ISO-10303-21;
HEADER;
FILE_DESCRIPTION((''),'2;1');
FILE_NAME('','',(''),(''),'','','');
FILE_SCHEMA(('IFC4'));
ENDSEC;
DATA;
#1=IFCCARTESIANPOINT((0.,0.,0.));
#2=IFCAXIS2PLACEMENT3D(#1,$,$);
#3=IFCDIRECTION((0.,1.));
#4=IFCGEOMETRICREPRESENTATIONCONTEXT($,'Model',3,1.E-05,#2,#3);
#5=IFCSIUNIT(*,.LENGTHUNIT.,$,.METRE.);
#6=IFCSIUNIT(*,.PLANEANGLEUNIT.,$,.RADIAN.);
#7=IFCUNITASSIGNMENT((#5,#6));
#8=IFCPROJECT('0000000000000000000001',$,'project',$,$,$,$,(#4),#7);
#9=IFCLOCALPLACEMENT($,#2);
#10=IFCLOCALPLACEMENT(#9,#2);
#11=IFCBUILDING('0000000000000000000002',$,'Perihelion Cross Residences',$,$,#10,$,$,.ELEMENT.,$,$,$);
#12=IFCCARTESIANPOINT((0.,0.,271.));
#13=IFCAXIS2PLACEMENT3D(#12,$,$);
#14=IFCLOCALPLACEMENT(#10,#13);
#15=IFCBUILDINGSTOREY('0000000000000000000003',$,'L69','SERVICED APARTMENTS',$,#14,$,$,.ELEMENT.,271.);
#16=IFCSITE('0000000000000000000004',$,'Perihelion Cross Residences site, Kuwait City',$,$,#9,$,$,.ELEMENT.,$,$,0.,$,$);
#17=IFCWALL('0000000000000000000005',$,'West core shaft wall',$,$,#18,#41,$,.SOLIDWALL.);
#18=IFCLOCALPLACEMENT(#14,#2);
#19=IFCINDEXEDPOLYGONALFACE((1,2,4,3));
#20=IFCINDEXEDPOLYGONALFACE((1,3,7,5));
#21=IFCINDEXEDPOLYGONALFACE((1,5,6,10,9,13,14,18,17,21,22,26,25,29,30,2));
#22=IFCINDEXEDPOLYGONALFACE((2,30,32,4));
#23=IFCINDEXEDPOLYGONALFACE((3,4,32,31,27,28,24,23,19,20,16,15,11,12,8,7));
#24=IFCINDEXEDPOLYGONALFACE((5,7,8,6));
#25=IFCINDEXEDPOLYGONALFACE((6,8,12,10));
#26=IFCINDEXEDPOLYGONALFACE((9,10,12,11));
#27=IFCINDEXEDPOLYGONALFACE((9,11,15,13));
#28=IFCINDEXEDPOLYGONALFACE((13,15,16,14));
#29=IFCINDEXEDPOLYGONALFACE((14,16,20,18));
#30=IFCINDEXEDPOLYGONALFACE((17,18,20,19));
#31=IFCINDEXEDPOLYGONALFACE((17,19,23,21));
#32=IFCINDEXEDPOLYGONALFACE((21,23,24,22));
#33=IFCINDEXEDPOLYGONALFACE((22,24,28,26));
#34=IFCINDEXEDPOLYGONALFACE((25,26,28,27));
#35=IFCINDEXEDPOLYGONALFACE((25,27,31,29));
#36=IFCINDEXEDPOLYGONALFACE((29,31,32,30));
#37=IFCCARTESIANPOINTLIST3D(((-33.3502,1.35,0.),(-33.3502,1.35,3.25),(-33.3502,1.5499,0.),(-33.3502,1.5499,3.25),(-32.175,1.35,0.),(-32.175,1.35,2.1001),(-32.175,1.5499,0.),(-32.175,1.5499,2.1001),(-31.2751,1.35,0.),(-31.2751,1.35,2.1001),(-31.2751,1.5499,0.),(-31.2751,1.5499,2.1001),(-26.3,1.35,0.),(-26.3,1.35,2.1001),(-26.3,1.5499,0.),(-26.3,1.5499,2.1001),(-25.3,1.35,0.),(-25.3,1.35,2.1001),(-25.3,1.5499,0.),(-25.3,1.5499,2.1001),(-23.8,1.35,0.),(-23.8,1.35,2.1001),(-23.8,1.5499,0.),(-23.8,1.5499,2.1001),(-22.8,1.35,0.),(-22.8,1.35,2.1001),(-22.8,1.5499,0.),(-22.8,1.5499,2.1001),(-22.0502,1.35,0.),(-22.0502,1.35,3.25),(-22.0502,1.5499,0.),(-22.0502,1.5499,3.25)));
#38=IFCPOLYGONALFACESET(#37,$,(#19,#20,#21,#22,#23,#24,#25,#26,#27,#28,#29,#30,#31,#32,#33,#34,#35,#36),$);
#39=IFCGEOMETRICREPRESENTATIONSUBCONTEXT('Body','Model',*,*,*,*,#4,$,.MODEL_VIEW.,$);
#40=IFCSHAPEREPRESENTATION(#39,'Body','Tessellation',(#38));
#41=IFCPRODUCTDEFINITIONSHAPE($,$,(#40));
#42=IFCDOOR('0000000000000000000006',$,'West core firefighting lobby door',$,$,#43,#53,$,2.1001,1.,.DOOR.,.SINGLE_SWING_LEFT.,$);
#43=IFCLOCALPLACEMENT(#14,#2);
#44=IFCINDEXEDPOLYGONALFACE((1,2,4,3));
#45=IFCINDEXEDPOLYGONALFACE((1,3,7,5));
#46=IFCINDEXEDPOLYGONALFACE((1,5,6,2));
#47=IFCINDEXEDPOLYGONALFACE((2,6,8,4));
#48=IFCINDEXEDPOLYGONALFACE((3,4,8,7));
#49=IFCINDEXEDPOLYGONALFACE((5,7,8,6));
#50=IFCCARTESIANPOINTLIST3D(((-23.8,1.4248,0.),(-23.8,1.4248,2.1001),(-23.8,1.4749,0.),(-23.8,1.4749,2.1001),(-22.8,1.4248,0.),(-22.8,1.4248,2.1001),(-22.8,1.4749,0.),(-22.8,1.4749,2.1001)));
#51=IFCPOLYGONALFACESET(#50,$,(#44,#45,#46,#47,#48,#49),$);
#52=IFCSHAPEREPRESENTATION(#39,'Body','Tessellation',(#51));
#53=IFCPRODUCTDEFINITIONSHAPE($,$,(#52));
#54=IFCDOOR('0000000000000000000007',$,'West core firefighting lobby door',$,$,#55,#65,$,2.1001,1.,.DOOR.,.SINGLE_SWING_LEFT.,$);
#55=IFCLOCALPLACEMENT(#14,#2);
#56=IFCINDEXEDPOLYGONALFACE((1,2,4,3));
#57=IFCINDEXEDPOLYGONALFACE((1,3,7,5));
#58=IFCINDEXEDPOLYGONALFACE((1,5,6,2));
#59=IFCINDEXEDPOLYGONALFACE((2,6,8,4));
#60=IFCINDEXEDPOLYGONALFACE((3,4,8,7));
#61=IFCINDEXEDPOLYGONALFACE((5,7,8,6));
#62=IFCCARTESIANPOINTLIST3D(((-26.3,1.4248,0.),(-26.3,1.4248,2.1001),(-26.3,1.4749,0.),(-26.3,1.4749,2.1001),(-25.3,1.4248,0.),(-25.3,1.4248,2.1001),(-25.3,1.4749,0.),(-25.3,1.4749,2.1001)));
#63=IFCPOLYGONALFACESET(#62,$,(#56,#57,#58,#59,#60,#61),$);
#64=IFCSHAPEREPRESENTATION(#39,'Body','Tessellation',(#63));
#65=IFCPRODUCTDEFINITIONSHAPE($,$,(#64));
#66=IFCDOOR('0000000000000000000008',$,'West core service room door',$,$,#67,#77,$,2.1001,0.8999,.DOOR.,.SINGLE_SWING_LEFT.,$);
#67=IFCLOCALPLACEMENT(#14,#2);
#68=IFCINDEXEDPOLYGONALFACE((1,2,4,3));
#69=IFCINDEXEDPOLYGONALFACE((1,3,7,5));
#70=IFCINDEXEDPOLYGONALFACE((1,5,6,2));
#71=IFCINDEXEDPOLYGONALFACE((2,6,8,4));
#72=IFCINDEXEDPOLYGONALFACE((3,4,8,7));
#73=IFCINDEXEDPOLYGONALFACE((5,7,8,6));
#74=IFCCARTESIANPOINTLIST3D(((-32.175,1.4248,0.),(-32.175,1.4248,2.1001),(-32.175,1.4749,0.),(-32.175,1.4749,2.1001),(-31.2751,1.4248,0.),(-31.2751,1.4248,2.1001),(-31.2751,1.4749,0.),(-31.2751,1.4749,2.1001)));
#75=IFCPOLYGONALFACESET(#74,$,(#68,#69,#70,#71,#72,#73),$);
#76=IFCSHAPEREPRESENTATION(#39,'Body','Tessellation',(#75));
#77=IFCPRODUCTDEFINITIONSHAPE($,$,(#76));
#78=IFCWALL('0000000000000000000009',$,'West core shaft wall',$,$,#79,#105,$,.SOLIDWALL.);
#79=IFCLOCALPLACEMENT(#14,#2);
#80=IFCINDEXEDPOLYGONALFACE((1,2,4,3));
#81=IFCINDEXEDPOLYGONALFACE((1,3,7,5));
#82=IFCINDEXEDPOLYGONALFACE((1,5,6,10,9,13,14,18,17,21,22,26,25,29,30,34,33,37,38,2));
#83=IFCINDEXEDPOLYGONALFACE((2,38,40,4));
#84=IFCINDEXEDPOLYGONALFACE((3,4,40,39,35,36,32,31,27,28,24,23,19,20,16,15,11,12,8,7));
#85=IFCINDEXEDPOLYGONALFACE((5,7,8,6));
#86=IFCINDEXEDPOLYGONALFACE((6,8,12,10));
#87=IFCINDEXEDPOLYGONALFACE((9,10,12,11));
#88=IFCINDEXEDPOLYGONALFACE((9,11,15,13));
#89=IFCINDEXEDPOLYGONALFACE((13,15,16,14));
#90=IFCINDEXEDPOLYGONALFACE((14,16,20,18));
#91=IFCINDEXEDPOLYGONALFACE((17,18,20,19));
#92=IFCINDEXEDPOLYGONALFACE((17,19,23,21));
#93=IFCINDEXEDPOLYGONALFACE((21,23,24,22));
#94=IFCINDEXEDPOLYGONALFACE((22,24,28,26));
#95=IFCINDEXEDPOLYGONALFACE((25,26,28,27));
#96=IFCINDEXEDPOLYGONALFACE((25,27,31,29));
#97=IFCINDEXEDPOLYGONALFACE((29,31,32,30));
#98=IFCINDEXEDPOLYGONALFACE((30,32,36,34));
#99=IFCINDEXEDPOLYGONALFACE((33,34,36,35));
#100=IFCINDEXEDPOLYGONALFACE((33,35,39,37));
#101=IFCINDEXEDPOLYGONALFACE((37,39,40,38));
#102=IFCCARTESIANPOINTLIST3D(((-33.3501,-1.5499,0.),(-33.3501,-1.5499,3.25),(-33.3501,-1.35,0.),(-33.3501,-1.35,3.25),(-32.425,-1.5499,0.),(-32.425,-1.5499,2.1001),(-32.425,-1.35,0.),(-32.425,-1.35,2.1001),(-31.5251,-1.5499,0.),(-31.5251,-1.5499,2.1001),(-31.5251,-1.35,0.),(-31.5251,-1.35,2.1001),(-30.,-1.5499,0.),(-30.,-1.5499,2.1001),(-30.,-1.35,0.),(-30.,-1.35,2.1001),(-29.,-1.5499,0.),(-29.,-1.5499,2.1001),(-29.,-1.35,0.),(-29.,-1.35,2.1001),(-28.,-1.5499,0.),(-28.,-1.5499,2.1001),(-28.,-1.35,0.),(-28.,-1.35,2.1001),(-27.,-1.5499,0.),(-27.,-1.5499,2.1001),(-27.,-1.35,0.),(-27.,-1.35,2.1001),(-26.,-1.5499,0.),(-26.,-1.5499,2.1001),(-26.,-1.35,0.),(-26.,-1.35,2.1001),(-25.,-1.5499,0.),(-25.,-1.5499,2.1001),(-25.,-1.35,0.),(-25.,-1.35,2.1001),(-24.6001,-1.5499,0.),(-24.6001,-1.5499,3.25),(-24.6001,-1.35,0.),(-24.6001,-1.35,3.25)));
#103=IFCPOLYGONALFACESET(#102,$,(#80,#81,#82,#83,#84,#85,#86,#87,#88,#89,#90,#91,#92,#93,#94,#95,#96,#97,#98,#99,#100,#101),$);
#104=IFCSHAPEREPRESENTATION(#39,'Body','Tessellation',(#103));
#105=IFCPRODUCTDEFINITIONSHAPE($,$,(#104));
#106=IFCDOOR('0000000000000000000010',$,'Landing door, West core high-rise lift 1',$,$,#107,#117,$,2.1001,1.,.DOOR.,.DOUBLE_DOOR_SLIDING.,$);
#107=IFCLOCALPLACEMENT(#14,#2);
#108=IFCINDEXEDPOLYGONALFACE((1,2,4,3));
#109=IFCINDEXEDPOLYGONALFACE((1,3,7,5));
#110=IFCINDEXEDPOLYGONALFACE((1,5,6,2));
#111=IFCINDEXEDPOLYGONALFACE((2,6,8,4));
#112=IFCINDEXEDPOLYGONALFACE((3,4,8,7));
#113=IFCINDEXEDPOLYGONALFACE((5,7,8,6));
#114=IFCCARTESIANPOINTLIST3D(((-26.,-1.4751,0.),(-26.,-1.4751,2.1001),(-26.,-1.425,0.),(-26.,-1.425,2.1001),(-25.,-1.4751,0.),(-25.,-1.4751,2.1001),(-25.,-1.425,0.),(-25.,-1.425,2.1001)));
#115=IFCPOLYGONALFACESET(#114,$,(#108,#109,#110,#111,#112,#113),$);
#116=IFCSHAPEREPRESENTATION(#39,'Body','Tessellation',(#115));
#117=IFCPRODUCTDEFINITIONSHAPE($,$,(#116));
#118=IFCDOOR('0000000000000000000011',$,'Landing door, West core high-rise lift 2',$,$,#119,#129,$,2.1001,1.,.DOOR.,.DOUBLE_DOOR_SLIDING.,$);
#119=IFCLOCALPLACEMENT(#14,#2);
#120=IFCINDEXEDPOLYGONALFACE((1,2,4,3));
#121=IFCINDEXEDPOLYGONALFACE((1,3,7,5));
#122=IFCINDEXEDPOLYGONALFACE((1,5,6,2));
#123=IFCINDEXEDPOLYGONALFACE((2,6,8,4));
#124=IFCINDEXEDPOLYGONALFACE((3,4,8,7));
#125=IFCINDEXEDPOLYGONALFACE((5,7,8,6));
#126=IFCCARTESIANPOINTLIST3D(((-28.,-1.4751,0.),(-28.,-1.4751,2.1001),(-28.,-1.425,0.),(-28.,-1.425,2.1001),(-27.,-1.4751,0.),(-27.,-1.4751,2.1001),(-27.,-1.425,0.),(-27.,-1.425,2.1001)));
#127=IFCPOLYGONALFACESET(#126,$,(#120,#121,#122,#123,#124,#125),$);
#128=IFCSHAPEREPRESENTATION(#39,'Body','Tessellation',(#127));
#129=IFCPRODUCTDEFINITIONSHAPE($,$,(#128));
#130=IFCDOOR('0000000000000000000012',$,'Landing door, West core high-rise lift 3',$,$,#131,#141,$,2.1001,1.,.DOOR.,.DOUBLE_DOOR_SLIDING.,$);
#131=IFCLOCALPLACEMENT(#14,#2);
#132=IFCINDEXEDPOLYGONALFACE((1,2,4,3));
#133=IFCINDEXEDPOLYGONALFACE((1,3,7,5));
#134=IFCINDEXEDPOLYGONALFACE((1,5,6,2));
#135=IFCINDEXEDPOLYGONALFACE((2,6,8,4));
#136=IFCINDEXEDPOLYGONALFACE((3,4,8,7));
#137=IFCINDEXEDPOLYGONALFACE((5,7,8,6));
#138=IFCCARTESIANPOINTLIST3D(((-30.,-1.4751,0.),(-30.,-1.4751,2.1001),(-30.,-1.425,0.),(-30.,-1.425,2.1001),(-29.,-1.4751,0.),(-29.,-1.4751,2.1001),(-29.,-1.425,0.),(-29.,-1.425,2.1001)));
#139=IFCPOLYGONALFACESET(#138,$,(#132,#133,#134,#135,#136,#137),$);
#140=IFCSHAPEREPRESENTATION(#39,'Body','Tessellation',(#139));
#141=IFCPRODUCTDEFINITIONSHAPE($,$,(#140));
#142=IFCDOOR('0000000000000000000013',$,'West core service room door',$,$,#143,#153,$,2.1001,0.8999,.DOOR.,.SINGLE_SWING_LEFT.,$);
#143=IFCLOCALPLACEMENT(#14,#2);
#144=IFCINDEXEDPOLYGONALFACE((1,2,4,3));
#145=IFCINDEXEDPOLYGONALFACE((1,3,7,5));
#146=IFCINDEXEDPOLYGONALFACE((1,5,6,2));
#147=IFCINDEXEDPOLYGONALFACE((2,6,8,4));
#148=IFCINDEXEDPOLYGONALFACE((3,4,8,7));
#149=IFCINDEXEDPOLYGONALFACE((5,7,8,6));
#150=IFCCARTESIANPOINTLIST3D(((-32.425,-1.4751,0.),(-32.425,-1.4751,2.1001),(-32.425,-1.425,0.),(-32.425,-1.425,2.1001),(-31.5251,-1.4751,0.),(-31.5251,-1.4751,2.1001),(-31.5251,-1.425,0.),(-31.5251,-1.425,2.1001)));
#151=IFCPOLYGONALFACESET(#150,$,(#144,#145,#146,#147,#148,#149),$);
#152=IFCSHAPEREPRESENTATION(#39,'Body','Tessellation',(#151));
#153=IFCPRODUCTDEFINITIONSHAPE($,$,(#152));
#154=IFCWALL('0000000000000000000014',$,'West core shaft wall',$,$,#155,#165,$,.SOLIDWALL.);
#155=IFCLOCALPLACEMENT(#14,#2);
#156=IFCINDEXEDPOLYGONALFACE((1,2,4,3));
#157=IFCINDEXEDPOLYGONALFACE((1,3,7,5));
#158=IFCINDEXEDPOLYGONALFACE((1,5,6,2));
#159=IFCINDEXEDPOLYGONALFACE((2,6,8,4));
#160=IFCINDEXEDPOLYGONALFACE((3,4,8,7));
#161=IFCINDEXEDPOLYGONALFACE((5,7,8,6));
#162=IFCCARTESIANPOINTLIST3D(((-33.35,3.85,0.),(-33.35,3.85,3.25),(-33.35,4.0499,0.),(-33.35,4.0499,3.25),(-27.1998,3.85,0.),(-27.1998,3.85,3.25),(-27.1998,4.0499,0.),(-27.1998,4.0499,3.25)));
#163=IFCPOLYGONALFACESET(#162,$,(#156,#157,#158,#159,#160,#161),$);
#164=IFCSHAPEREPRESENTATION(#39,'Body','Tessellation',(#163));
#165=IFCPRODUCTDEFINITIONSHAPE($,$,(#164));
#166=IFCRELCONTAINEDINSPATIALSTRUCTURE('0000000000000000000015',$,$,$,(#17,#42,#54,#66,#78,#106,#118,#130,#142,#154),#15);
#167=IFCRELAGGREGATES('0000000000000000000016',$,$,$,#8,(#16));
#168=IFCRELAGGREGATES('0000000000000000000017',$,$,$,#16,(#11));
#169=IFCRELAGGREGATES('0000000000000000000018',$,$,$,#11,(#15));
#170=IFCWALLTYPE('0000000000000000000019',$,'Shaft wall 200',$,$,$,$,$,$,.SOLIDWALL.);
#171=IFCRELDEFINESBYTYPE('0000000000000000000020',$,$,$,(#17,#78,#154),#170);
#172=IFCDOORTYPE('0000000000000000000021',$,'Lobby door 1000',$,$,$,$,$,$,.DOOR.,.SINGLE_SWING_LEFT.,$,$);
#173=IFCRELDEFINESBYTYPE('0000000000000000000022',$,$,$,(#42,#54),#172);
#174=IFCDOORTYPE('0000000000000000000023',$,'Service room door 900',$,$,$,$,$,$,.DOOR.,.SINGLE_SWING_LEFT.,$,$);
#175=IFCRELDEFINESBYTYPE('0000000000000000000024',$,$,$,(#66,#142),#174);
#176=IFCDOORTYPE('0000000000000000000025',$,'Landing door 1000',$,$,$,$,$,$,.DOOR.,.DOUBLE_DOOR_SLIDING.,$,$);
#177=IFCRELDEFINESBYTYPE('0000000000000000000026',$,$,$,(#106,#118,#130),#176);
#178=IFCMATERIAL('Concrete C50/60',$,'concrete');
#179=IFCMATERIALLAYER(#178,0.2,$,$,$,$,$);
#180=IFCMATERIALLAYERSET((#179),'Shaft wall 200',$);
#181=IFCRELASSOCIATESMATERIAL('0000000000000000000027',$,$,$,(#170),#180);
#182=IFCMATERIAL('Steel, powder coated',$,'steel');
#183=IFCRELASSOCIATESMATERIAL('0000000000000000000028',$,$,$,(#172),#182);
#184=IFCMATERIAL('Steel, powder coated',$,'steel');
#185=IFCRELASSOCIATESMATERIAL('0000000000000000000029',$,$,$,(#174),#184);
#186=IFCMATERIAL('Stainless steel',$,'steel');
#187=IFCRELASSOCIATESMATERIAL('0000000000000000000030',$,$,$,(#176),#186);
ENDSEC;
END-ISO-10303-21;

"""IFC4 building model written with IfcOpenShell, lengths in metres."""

from ifc_helpers import new_model, si_unit, direction, frame, frame_2d, origin, place, context, subcontext, project, spatial, rectangle, extrude, material, layer, layer_set, type_object, element, fill, save


model = new_model("IFC4")

# Units and contexts
model_context = context("Model", 3, precision=1e-05, world=origin(), true_north=direction((0.0, 1.0)))
body_context = subcontext(model_context, "Body", "Model", "MODEL_VIEW")
ifc_project = project(units=[si_unit("LENGTHUNIT", "METRE"), si_unit("PLANEANGLEUNIT", "RADIAN")], contexts=[model_context])

# Site, building, storey
site_placement = place(None, origin())
site = spatial("IfcSite", under=ifc_project, at=site_placement, Name="Perihelion Cross Residences site, Kuwait City", CompositionType="ELEMENT", RefElevation=0.0)
building_placement = place(site_placement, origin())
building = spatial("IfcBuilding", under=site, at=building_placement, Name="Perihelion Cross Residences", CompositionType="ELEMENT")
storey_placement = place(building_placement, frame((0.0, 0.0, 271.0)))
storey = spatial("IfcBuildingStorey", under=building, at=storey_placement, Name="L69", Description="SERVICED APARTMENTS", CompositionType="ELEMENT", Elevation=271.0)

# Walls, openings, doors
ifc_material_1 = material(Name="Concrete C50/60", Category="concrete")
ifc_layer_1 = layer(ifc_material_1, 0.2)
ifc_layer_set_1 = layer_set([ifc_layer_1], Name="Shaft wall 200")
wall_type_1 = type_object("IfcWallType", Name="Shaft wall 200", PredefinedType="SOLIDWALL", material=ifc_layer_set_1)
wall_1_placement = place(storey_placement, frame((-33.3501, 1.45, 0.0), z_axis=(0.0, 0.0, 1.0), x_axis=(1.0, 0.0, 0.0)))
wall_1 = element("IfcWall", 1, at=wall_1_placement, inside=storey, type_object=wall_type_1, Name="West core shaft wall", PredefinedType="SOLIDWALL", context=body_context, shape_type="SweptSolid", body=[
    extrude(rectangle(XDim=11.3, YDim=0.2, at=frame_2d((5.6499, 0.0))), origin(), (0.0, 0.0, 1.0), 3.25),
])
opening_1_placement = place(wall_1_placement, frame((9.55, 0.0, 0.0)))
opening_1 = element("IfcOpeningElement", 2, at=opening_1_placement, cuts=wall_1, PredefinedType="OPENING", context=body_context, shape_type="SweptSolid", body=[
    extrude(rectangle(XDim=1.0, YDim=2.1001, at=frame_2d((0.5, 1.05))), frame((0.0, 0.1099, 0.0), z_axis=(0.0, -1.0, 0.0), x_axis=(1.0, 0.0, 0.0)), (0.0, 0.0, 1.0), 0.22),
])
opening_2_placement = place(wall_1_placement, frame((7.05, 0.0, 0.0)))
opening_2 = element("IfcOpeningElement", 3, at=opening_2_placement, cuts=wall_1, PredefinedType="OPENING", context=body_context, shape_type="SweptSolid", body=[
    extrude(rectangle(XDim=1.0, YDim=2.1001, at=frame_2d((0.5, 1.05))), frame((0.0, 0.1099, 0.0), z_axis=(0.0, -1.0, 0.0), x_axis=(1.0, 0.0, 0.0)), (0.0, 0.0, 1.0), 0.22),
])
opening_3_placement = place(wall_1_placement, frame((1.175, 0.0, 0.0)))
opening_3 = element("IfcOpeningElement", 4, at=opening_3_placement, cuts=wall_1, PredefinedType="OPENING", context=body_context, shape_type="SweptSolid", body=[
    extrude(rectangle(XDim=0.8999, YDim=2.1001, at=frame_2d((0.45, 1.05))), frame((0.0, 0.1099, 0.0), z_axis=(0.0, -1.0, 0.0), x_axis=(1.0, 0.0, 0.0)), (0.0, 0.0, 1.0), 0.22),
])
ifc_material_2 = material(Name="Steel, powder coated", Category="steel")
door_type_1 = type_object("IfcDoorType", Name="Lobby door 1000", OperationType="SINGLE_SWING_LEFT", PredefinedType="DOOR", material=ifc_material_2)
door_1_placement = place(opening_1_placement, origin())
door_1 = element("IfcDoor", 5, at=door_1_placement, inside=storey, type_object=door_type_1, Name="West core firefighting lobby door", OperationType="SINGLE_SWING_LEFT", OverallHeight=2.1001, OverallWidth=1.0, PredefinedType="DOOR", context=body_context, shape_type="SweptSolid", body=[
    extrude(rectangle(XDim=1.0, YDim=2.1001, at=frame_2d((0.5, 1.05))), frame((0.0, 0.0249, 0.0), z_axis=(0.0, -1.0, 0.0), x_axis=(1.0, 0.0, 0.0)), (0.0, 0.0, 1.0), 0.05),
])
fill(opening_1, door_1)
door_2_placement = place(opening_2_placement, origin())
door_2 = element("IfcDoor", 6, at=door_2_placement, inside=storey, type_object=door_type_1, Name="West core firefighting lobby door", OperationType="SINGLE_SWING_LEFT", OverallHeight=2.1001, OverallWidth=1.0, PredefinedType="DOOR", context=body_context, shape_type="SweptSolid", body=[
    extrude(rectangle(XDim=1.0, YDim=2.1001, at=frame_2d((0.5, 1.05))), frame((0.0, 0.0249, 0.0), z_axis=(0.0, -1.0, 0.0), x_axis=(1.0, 0.0, 0.0)), (0.0, 0.0, 1.0), 0.05),
])
fill(opening_2, door_2)
ifc_material_3 = material(Name="Steel, powder coated", Category="steel")
door_type_2 = type_object("IfcDoorType", Name="Service room door 900", OperationType="SINGLE_SWING_LEFT", PredefinedType="DOOR", material=ifc_material_3)
door_3_placement = place(opening_3_placement, origin())
door_3 = element("IfcDoor", 7, at=door_3_placement, inside=storey, type_object=door_type_2, Name="West core service room door", OperationType="SINGLE_SWING_LEFT", OverallHeight=2.1001, OverallWidth=0.8999, PredefinedType="DOOR", context=body_context, shape_type="SweptSolid", body=[
    extrude(rectangle(XDim=0.8999, YDim=2.1001, at=frame_2d((0.45, 1.05))), frame((0.0, 0.0249, 0.0), z_axis=(0.0, -1.0, 0.0), x_axis=(1.0, 0.0, 0.0)), (0.0, 0.0, 1.0), 0.05),
])
fill(opening_3, door_3)
wall_2_placement = place(storey_placement, frame((-33.3501, -1.45, 0.0), z_axis=(0.0, 0.0, 1.0), x_axis=(1.0, 0.0, 0.0)))
wall_2 = element("IfcWall", 8, at=wall_2_placement, inside=storey, type_object=wall_type_1, Name="West core shaft wall", PredefinedType="SOLIDWALL", context=body_context, shape_type="SweptSolid", body=[
    extrude(rectangle(XDim=8.75, YDim=0.2, at=frame_2d((4.375, 0.0))), origin(), (0.0, 0.0, 1.0), 3.25),
])
opening_4_placement = place(wall_2_placement, frame((7.3501, 0.0, 0.0)))
opening_4 = element("IfcOpeningElement", 9, at=opening_4_placement, cuts=wall_2, PredefinedType="OPENING", context=body_context, shape_type="SweptSolid", body=[
    extrude(rectangle(XDim=1.0, YDim=2.1001, at=frame_2d((0.5, 1.05))), frame((0.0, 0.1099, 0.0), z_axis=(0.0, -1.0, 0.0), x_axis=(1.0, 0.0, 0.0)), (0.0, 0.0, 1.0), 0.22),
])
opening_5_placement = place(wall_2_placement, frame((5.3501, 0.0, 0.0)))
opening_5 = element("IfcOpeningElement", 10, at=opening_5_placement, cuts=wall_2, PredefinedType="OPENING", context=body_context, shape_type="SweptSolid", body=[
    extrude(rectangle(XDim=1.0, YDim=2.1001, at=frame_2d((0.5, 1.05))), frame((0.0, 0.1099, 0.0), z_axis=(0.0, -1.0, 0.0), x_axis=(1.0, 0.0, 0.0)), (0.0, 0.0, 1.0), 0.22),
])
opening_6_placement = place(wall_2_placement, frame((3.3501, 0.0, 0.0)))
opening_6 = element("IfcOpeningElement", 11, at=opening_6_placement, cuts=wall_2, PredefinedType="OPENING", context=body_context, shape_type="SweptSolid", body=[
    extrude(rectangle(XDim=1.0, YDim=2.1001, at=frame_2d((0.5, 1.05))), frame((0.0, 0.1099, 0.0), z_axis=(0.0, -1.0, 0.0), x_axis=(1.0, 0.0, 0.0)), (0.0, 0.0, 1.0), 0.22),
])
opening_7_placement = place(wall_2_placement, frame((0.925, 0.0, 0.0)))
opening_7 = element("IfcOpeningElement", 12, at=opening_7_placement, cuts=wall_2, PredefinedType="OPENING", context=body_context, shape_type="SweptSolid", body=[
    extrude(rectangle(XDim=0.8999, YDim=2.1001, at=frame_2d((0.45, 1.05))), frame((0.0, 0.1099, 0.0), z_axis=(0.0, -1.0, 0.0), x_axis=(1.0, 0.0, 0.0)), (0.0, 0.0, 1.0), 0.22),
])
ifc_material_4 = material(Name="Stainless steel", Category="steel")
door_type_3 = type_object("IfcDoorType", Name="Landing door 1000", OperationType="DOUBLE_DOOR_SLIDING", PredefinedType="DOOR", material=ifc_material_4)
door_4_placement = place(opening_4_placement, origin())
door_4 = element("IfcDoor", 13, at=door_4_placement, inside=storey, type_object=door_type_3, Name="Landing door, West core high-rise lift 1", OperationType="DOUBLE_DOOR_SLIDING", OverallHeight=2.1001, OverallWidth=1.0, PredefinedType="DOOR", context=body_context, shape_type="SweptSolid", body=[
    extrude(rectangle(XDim=1.0, YDim=2.1001, at=frame_2d((0.5, 1.05))), frame((0.0, 0.0249, 0.0), z_axis=(0.0, -1.0, 0.0), x_axis=(1.0, 0.0, 0.0)), (0.0, 0.0, 1.0), 0.05),
])
fill(opening_4, door_4)
door_5_placement = place(opening_5_placement, origin())
door_5 = element("IfcDoor", 14, at=door_5_placement, inside=storey, type_object=door_type_3, Name="Landing door, West core high-rise lift 2", OperationType="DOUBLE_DOOR_SLIDING", OverallHeight=2.1001, OverallWidth=1.0, PredefinedType="DOOR", context=body_context, shape_type="SweptSolid", body=[
    extrude(rectangle(XDim=1.0, YDim=2.1001, at=frame_2d((0.5, 1.05))), frame((0.0, 0.0249, 0.0), z_axis=(0.0, -1.0, 0.0), x_axis=(1.0, 0.0, 0.0)), (0.0, 0.0, 1.0), 0.05),
])
fill(opening_5, door_5)
door_6_placement = place(opening_6_placement, origin())
door_6 = element("IfcDoor", 15, at=door_6_placement, inside=storey, type_object=door_type_3, Name="Landing door, West core high-rise lift 3", OperationType="DOUBLE_DOOR_SLIDING", OverallHeight=2.1001, OverallWidth=1.0, PredefinedType="DOOR", context=body_context, shape_type="SweptSolid", body=[
    extrude(rectangle(XDim=1.0, YDim=2.1001, at=frame_2d((0.5, 1.05))), frame((0.0, 0.0249, 0.0), z_axis=(0.0, -1.0, 0.0), x_axis=(1.0, 0.0, 0.0)), (0.0, 0.0, 1.0), 0.05),
])
fill(opening_6, door_6)
door_7_placement = place(opening_7_placement, origin())
door_7 = element("IfcDoor", 16, at=door_7_placement, inside=storey, type_object=door_type_2, Name="West core service room door", OperationType="SINGLE_SWING_LEFT", OverallHeight=2.1001, OverallWidth=0.8999, PredefinedType="DOOR", context=body_context, shape_type="SweptSolid", body=[
    extrude(rectangle(XDim=0.8999, YDim=2.1001, at=frame_2d((0.45, 1.05))), frame((0.0, 0.0249, 0.0), z_axis=(0.0, -1.0, 0.0), x_axis=(1.0, 0.0, 0.0)), (0.0, 0.0, 1.0), 0.05),
])
fill(opening_7, door_7)

# Wall
wall_3_placement = place(storey_placement, frame((-33.3501, 3.95, 0.0), z_axis=(0.0, 0.0, 1.0), x_axis=(1.0, 0.0, 0.0)))
element("IfcWall", 17, at=wall_3_placement, inside=storey, type_object=wall_type_1, Name="West core shaft wall", PredefinedType="SOLIDWALL", context=body_context, shape_type="SweptSolid", body=[
    extrude(rectangle(XDim=6.1501, YDim=0.2, at=frame_2d((3.0752, 0.0))), origin(), (0.0, 0.0, 1.0), 3.25),
])

save(model, "model.ifc")
